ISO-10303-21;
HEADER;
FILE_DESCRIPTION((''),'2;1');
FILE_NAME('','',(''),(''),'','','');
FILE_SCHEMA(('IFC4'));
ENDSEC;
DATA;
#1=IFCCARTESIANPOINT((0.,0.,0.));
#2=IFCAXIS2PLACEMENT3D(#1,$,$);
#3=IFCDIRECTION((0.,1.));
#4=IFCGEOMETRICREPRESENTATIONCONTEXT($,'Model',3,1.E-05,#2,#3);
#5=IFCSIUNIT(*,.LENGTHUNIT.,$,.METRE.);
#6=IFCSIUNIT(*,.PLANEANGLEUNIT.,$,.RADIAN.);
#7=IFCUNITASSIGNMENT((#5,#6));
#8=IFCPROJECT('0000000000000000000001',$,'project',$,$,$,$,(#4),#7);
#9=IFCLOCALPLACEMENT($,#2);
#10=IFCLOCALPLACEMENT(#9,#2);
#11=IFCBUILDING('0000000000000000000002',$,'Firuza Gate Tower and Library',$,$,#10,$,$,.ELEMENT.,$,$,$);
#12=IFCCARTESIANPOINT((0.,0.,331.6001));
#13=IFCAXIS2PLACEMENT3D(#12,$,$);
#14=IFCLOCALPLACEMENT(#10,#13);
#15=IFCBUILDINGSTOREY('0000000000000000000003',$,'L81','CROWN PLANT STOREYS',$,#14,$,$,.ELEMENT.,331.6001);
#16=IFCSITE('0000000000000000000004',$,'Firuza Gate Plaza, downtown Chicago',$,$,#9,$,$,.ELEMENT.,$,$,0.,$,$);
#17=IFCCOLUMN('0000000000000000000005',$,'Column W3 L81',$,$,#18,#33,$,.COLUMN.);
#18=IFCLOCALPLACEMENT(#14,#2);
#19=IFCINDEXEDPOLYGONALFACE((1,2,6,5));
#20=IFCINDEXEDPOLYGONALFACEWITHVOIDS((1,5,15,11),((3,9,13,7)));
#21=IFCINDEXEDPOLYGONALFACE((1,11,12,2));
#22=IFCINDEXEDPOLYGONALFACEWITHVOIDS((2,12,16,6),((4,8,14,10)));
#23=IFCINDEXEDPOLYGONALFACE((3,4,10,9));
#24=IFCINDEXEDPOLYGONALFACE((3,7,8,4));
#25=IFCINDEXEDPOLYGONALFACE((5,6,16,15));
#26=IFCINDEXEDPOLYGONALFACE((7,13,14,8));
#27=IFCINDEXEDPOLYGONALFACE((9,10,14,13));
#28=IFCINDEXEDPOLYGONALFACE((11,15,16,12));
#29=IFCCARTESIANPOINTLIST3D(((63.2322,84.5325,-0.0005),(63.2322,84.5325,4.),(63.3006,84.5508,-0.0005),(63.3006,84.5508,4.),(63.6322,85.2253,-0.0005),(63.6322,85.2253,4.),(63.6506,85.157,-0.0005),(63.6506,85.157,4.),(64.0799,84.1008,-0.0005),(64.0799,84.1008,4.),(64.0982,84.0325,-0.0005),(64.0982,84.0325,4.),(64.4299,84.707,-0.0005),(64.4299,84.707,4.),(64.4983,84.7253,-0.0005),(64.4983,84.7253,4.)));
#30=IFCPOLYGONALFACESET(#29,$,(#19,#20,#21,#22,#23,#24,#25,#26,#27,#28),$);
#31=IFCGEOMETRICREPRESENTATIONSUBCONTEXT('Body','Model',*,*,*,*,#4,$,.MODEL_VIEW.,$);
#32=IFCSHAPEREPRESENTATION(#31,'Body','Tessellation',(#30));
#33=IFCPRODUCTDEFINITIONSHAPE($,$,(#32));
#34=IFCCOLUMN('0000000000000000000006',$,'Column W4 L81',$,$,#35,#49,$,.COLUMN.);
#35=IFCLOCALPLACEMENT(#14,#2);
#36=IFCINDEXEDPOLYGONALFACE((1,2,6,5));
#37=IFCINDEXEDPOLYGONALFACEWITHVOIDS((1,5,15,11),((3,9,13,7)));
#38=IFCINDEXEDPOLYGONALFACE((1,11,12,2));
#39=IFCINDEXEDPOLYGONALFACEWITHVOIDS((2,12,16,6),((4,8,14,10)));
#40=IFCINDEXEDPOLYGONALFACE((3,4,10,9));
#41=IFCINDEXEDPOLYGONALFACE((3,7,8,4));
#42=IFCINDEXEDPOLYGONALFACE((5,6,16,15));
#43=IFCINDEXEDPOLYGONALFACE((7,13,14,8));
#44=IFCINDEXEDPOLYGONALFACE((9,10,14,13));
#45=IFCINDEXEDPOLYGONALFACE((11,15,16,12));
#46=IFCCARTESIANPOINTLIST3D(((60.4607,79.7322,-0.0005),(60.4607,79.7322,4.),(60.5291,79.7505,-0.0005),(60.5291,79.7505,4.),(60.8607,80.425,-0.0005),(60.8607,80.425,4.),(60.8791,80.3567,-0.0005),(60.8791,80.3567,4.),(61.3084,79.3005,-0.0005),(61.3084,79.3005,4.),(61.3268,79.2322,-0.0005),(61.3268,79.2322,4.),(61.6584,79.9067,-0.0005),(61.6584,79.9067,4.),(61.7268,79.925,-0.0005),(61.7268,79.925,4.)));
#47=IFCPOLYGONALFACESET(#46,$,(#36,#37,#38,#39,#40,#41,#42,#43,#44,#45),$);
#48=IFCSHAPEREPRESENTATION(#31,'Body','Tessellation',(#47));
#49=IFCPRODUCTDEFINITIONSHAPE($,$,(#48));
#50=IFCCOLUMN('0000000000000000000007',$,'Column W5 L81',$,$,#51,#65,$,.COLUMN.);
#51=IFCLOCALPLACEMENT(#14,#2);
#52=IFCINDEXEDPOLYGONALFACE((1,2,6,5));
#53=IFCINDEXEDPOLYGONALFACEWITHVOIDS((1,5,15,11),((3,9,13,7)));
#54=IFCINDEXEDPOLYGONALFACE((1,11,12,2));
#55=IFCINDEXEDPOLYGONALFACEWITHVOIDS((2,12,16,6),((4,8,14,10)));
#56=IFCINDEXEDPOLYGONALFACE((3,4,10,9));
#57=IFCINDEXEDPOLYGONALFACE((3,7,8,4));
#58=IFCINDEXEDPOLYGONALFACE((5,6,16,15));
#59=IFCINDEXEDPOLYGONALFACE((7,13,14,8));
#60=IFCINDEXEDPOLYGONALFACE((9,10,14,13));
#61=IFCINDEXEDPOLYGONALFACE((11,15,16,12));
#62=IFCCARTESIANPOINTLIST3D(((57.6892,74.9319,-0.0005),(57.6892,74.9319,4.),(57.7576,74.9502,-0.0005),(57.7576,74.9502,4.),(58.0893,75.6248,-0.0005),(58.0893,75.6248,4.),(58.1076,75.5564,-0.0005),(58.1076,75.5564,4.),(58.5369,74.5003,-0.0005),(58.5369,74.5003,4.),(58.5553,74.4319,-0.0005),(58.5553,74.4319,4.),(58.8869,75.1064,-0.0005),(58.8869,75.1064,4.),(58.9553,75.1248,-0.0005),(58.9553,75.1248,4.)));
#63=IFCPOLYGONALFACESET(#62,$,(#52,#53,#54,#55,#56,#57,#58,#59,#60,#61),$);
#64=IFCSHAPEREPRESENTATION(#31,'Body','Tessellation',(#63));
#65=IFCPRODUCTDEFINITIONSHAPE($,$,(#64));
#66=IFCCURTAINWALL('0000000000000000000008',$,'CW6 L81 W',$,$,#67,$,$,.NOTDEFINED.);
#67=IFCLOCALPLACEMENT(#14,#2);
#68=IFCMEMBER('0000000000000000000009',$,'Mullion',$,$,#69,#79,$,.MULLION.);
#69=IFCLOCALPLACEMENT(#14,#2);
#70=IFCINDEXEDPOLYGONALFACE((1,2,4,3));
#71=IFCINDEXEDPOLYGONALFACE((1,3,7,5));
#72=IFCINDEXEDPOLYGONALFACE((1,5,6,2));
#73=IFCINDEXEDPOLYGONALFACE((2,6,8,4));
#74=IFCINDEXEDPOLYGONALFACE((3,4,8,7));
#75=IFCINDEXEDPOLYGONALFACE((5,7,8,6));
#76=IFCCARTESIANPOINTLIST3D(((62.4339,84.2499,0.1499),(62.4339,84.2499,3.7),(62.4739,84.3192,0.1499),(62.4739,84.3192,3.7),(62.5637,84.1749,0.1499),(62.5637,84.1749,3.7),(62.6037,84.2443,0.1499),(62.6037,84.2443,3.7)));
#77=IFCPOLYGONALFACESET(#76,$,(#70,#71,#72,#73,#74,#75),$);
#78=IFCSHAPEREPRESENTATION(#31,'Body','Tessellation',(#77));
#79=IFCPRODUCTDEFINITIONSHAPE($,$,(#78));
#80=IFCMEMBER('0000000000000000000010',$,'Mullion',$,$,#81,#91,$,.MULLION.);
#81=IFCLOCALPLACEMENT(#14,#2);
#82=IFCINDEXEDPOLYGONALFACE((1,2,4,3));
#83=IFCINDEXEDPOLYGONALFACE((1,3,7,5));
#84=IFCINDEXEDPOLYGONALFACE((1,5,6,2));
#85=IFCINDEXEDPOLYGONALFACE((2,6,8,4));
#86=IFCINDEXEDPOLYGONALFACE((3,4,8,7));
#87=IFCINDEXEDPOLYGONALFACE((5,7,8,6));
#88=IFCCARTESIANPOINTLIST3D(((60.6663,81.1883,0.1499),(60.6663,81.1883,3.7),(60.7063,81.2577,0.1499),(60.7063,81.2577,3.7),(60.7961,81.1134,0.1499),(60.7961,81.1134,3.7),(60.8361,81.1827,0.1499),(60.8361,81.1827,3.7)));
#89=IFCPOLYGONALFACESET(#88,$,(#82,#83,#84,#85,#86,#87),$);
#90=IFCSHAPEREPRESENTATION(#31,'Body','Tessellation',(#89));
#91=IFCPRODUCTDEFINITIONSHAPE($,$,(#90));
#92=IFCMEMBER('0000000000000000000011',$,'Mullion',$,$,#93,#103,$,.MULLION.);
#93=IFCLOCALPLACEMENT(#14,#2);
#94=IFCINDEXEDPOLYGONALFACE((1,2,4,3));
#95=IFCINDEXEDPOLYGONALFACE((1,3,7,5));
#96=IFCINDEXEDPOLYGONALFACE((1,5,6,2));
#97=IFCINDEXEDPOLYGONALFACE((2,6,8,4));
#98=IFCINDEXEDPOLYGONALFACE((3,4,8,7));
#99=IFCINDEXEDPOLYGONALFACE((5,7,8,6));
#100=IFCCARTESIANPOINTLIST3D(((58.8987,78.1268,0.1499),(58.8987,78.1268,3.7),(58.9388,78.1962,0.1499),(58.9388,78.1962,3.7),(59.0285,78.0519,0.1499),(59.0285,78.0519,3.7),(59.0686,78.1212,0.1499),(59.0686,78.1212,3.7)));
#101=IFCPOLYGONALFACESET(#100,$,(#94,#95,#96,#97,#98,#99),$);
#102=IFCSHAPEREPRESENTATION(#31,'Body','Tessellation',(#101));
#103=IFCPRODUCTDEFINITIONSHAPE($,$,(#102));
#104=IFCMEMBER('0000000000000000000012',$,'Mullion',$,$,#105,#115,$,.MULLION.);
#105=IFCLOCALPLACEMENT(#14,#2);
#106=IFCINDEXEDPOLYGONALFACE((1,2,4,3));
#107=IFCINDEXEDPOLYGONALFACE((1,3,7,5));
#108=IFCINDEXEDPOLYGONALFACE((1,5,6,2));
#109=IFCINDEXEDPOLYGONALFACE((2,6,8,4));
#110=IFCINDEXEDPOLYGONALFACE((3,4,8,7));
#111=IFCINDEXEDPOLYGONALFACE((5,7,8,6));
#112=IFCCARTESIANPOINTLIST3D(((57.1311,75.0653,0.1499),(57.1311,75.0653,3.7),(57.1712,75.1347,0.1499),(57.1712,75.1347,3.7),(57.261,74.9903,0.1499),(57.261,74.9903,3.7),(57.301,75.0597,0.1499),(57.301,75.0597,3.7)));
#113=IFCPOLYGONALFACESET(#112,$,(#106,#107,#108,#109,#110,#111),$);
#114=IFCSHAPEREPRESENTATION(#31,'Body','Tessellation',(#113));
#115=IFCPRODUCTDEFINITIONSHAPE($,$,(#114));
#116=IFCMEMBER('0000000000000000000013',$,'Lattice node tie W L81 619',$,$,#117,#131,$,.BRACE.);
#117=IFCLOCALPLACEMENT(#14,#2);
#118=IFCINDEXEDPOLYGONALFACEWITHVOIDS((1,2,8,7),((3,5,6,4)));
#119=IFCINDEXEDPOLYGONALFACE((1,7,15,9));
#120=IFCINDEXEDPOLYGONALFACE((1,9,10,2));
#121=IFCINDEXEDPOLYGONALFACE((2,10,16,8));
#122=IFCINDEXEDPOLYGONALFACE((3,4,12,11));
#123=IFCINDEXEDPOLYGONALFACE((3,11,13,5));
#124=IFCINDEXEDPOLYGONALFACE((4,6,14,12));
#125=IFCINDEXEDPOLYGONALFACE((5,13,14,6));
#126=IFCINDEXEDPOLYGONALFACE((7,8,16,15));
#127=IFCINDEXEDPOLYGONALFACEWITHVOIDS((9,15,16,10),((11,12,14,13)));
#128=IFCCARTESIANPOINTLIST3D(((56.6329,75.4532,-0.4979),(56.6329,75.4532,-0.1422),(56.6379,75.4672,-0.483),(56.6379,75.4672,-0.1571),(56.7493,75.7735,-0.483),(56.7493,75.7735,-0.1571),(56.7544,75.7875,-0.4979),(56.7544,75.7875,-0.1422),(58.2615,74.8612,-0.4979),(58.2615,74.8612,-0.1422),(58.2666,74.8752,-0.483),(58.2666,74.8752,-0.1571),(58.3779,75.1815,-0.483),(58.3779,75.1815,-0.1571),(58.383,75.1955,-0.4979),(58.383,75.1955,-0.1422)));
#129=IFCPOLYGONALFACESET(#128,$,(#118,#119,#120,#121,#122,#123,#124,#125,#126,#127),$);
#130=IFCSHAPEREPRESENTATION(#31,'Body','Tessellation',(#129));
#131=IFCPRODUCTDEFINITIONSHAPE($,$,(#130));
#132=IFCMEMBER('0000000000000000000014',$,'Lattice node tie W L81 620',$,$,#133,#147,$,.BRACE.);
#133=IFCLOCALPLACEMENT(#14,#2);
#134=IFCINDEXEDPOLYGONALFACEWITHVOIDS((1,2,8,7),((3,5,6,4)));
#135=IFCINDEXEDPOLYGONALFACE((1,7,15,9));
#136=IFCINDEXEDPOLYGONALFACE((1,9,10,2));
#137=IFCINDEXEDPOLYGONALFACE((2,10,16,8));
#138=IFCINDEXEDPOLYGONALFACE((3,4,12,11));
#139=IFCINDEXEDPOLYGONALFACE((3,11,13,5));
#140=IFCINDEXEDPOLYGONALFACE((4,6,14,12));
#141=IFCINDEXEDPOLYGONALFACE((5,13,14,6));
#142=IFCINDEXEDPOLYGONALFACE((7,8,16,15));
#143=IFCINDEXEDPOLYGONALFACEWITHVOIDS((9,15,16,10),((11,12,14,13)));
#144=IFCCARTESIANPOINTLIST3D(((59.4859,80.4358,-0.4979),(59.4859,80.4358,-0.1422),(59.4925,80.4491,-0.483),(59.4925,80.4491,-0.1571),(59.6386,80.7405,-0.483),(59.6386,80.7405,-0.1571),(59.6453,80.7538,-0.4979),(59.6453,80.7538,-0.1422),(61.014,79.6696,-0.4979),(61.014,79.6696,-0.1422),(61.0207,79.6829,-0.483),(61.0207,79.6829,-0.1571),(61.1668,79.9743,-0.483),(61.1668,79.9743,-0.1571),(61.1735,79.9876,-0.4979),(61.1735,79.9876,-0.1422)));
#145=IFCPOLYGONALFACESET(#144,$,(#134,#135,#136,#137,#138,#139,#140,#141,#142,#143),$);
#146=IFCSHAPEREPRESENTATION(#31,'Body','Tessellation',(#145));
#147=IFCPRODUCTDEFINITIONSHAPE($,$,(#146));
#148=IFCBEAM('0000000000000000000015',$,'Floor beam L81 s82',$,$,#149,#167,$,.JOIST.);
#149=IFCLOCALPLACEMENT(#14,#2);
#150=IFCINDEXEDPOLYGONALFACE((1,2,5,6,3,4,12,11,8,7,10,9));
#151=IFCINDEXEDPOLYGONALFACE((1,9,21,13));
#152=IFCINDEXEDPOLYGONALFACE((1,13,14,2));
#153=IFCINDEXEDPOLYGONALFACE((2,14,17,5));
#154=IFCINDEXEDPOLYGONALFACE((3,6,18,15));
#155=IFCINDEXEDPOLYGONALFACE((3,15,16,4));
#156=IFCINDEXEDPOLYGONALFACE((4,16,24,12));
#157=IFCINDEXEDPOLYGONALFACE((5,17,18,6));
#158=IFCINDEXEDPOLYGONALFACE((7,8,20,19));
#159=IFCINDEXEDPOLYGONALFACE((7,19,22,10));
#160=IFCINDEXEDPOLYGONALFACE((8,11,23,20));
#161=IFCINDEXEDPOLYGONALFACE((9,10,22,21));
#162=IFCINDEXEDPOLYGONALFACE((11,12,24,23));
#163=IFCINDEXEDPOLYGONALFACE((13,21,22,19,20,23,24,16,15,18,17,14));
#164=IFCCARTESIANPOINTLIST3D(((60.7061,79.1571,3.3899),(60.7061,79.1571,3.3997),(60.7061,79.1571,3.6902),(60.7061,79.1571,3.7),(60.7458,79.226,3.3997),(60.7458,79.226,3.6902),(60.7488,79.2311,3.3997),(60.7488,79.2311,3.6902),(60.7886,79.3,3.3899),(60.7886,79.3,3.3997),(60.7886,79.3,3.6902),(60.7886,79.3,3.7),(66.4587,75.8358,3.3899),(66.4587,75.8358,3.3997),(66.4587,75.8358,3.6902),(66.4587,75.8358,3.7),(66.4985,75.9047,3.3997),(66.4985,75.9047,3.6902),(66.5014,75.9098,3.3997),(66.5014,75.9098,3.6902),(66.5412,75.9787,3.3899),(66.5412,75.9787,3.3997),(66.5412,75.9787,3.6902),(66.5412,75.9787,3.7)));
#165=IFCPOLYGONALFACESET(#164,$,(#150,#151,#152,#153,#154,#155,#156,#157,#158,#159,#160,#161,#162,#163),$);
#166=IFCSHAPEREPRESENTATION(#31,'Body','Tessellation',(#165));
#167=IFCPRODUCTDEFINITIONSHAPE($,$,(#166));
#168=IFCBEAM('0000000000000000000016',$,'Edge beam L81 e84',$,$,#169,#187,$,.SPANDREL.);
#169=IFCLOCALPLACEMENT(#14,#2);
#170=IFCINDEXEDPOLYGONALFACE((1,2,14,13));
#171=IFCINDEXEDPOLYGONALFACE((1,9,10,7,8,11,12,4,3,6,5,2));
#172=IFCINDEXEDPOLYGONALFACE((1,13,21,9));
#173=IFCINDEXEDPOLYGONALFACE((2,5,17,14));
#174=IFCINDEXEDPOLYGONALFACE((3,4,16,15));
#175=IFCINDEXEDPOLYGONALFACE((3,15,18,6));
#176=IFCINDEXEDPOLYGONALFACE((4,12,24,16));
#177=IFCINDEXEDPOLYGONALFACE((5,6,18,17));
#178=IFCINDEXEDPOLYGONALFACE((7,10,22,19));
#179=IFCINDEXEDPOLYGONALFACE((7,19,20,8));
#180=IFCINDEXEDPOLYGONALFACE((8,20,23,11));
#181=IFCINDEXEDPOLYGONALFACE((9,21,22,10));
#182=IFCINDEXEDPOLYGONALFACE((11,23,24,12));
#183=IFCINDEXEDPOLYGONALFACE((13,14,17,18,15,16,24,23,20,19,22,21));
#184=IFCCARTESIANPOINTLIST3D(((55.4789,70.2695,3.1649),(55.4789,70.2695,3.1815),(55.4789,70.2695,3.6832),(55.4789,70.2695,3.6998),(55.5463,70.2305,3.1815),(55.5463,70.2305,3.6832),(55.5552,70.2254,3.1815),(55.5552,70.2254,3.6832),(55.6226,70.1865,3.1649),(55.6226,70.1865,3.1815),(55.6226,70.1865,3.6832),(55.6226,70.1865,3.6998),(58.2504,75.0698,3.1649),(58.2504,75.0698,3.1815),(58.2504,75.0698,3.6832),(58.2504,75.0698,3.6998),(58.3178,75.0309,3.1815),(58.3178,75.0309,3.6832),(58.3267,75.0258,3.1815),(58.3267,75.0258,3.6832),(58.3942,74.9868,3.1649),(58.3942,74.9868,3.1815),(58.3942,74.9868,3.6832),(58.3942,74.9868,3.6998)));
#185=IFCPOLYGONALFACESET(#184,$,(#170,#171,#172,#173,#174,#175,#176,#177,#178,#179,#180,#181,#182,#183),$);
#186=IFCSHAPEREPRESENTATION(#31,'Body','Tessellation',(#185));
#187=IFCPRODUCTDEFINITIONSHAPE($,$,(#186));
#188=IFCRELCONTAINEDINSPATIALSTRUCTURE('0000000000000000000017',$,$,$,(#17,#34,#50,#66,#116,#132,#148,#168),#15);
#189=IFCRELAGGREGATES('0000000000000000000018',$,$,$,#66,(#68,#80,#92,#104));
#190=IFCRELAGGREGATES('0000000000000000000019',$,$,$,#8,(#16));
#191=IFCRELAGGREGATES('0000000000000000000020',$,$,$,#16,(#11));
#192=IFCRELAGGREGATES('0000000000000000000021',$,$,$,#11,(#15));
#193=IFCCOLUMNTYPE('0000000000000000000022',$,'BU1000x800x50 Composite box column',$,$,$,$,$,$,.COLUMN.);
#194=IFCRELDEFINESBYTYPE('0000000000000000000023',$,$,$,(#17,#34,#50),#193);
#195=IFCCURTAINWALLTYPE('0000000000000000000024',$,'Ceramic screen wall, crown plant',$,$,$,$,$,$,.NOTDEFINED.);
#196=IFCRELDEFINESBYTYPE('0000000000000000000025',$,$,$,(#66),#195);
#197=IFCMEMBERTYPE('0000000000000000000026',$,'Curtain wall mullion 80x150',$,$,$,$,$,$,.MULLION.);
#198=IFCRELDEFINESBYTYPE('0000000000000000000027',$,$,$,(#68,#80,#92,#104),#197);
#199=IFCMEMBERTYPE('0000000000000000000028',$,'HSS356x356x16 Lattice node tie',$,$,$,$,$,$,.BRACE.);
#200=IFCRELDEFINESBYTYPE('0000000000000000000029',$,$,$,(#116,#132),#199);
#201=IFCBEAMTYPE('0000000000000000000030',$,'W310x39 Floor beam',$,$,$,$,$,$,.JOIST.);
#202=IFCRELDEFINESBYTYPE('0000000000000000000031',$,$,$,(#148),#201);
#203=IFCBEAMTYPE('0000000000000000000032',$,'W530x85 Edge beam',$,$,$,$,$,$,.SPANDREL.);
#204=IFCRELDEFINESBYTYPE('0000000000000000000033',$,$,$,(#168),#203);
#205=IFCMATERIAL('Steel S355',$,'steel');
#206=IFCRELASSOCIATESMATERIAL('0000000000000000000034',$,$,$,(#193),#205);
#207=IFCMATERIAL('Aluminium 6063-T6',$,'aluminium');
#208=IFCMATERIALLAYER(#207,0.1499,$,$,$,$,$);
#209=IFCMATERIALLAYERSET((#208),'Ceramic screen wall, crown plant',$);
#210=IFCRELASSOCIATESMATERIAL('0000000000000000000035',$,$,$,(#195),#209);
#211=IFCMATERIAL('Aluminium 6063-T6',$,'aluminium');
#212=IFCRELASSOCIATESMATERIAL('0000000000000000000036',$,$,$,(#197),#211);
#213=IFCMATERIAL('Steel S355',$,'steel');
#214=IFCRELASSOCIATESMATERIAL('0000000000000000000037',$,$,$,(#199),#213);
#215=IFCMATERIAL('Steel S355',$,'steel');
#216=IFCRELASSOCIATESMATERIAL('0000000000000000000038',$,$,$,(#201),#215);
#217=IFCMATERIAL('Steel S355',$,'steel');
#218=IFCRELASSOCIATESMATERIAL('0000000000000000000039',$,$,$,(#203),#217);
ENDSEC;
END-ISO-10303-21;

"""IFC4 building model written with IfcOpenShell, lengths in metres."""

from ifc_helpers import new_model, si_unit, direction, frame, origin, origin_2d, place, context, subcontext, project, spatial, rectangle, hollow_rectangle, i_section, extrude, material, layer, layer_set, material_profile, profile_set, type_object, element, aggregate, save


model = new_model("IFC4")

# Units and contexts
model_context = context("Model", 3, precision=1e-05, world=origin(), true_north=direction((0.0, 1.0)))
body_context = subcontext(model_context, "Body", "Model", "MODEL_VIEW")
ifc_project = project(units=[si_unit("LENGTHUNIT", "METRE"), si_unit("PLANEANGLEUNIT", "RADIAN")], contexts=[model_context])

# Site, building, storey
site_placement = place(None, origin())
site = spatial("IfcSite", under=ifc_project, at=site_placement, Name="Firuza Gate Plaza, downtown Chicago", CompositionType="ELEMENT", RefElevation=0.0)
building_placement = place(site_placement, origin())
building = spatial("IfcBuilding", under=site, at=building_placement, Name="Firuza Gate Tower and Library", CompositionType="ELEMENT")
storey_placement = place(building_placement, frame((0.0, 0.0, 331.6001)))
storey = spatial("IfcBuildingStorey", under=building, at=storey_placement, Name="L81", Description="CROWN PLANT STOREYS", CompositionType="ELEMENT", Elevation=331.6001)

# Columns
ifc_material_1 = material(Name="Steel S355", Category="steel")
ifc_material_profile_1 = material_profile(ifc_material_1, hollow_rectangle(XDim=0.8, YDim=1.0, WallThickness=0.05, at=origin_2d()))
ifc_profile_set_1 = profile_set([ifc_material_profile_1], Name="Steel S355")
column_type = type_object("IfcColumnType", Name="BU1000x800x50 Composite box column", PredefinedType="COLUMN", material=ifc_profile_set_1)
for number, where, z_axis, x_axis, name in (
    (1, (63.8652, 84.6289, -0.0005), (0.0, 0.0, 1.0), (-0.5, -0.866025, 0.0), "Column W3 L81"),
    (2, (61.0938, 79.8286, -0.0005), (0.0, 0.0, 1.0), (-0.5, -0.866025, 0.0), "Column W4 L81"),
    (3, (58.3223, 75.0283, -0.0005), (0.0, 0.0, 1.0), (-0.5, -0.866025, 0.0), "Column W5 L81"),
):
    element("IfcColumn", number, at=place(storey_placement, frame(where, z_axis=z_axis, x_axis=x_axis)), inside=storey, type_object=column_type, Name=name, PredefinedType="COLUMN", context=body_context, shape_type="SweptSolid", body=[
        extrude(hollow_rectangle(XDim=0.8, YDim=1.0, WallThickness=0.05, at=origin_2d()), origin(), (0.0, 0.0, 1.0), 4.0005),
    ])

# Curtain wall, members
ifc_material_2 = material(Name="Aluminium 6063-T6", Category="aluminium")
ifc_layer_1 = layer(ifc_material_2, 0.1499)
ifc_layer_set_1 = layer_set([ifc_layer_1], Name="Ceramic screen wall, crown plant")
curtain_wall_type = type_object("IfcCurtainWallType", Name="Ceramic screen wall, crown plant", PredefinedType="NOTDEFINED", material=ifc_layer_set_1)
curtain_wall_placement = place(storey_placement, origin())
curtain_wall = element("IfcCurtainWall", 4, at=curtain_wall_placement, inside=storey, type_object=curtain_wall_type, Name="CW6 L81 W", PredefinedType="NOTDEFINED")
ifc_material_3 = material(Name="Aluminium 6063-T6", Category="aluminium")
ifc_material_profile_2 = material_profile(ifc_material_3, rectangle(XDim=0.1499, YDim=0.0801, at=origin_2d()))
ifc_profile_set_2 = profile_set([ifc_material_profile_2], Name="Aluminium 6063-T6")
member_type_1 = type_object("IfcMemberType", Name="Curtain wall mullion 80x150", PredefinedType="MULLION", material=ifc_profile_set_2)
member_1_placement = place(storey_placement, frame((62.5188, 84.2471, 0.1499), z_axis=(0.0, 0.0, 1.0), x_axis=(0.866025, -0.5, 0.0)))
member_1 = element("IfcMember", 5, at=member_1_placement, type_object=member_type_1, Name="Mullion", PredefinedType="MULLION", context=body_context, shape_type="SweptSolid", body=[
    extrude(rectangle(XDim=0.1499, YDim=0.0801, at=origin_2d()), origin(), (0.0, 0.0, 1.0), 3.55),
])
member_2_placement = place(storey_placement, frame((60.7512, 81.1855, 0.1499), z_axis=(0.0, 0.0, 1.0), x_axis=(0.866025, -0.5, 0.0)))
member_2 = element("IfcMember", 6, at=member_2_placement, type_object=member_type_1, Name="Mullion", PredefinedType="MULLION", context=body_context, shape_type="SweptSolid", body=[
    extrude(rectangle(XDim=0.1499, YDim=0.0801, at=origin_2d()), origin(), (0.0, 0.0, 1.0), 3.55),
])
member_3_placement = place(storey_placement, frame((58.9836, 78.124, 0.1499), z_axis=(0.0, 0.0, 1.0), x_axis=(0.866025, -0.5, 0.0)))
member_3 = element("IfcMember", 7, at=member_3_placement, type_object=member_type_1, Name="Mullion", PredefinedType="MULLION", context=body_context, shape_type="SweptSolid", body=[
    extrude(rectangle(XDim=0.1499, YDim=0.0801, at=origin_2d()), origin(), (0.0, 0.0, 1.0), 3.55),
])
member_4_placement = place(storey_placement, frame((57.2161, 75.0625, 0.1499), z_axis=(0.0, 0.0, 1.0), x_axis=(0.866025, -0.5, 0.0)))
member_4 = element("IfcMember", 8, at=member_4_placement, type_object=member_type_1, Name="Mullion", PredefinedType="MULLION", context=body_context, shape_type="SweptSolid", body=[
    extrude(rectangle(XDim=0.1499, YDim=0.0801, at=origin_2d()), origin(), (0.0, 0.0, 1.0), 3.55),
])

# Members
ifc_material_4 = material(Name="Steel S355", Category="steel")
ifc_material_profile_3 = material_profile(ifc_material_4, hollow_rectangle(XDim=0.3557, YDim=0.3557, WallThickness=0.0149, at=origin_2d()))
ifc_profile_set_3 = profile_set([ifc_material_profile_3], Name="Steel S355")
member_type_2 = type_object("IfcMemberType", Name="HSS356x356x16 Lattice node tie", PredefinedType="BRACE", material=ifc_profile_set_3)
member_5_placement = place(storey_placement, frame((58.3223, 75.0283, -0.3201), z_axis=(-0.93983, 0.341641, 0.0), x_axis=(-0.341641, -0.93983, 0.0)))
element("IfcMember", 9, at=member_5_placement, inside=storey, type_object=member_type_2, Name="Lattice node tie W L81 619", PredefinedType="BRACE", context=body_context, shape_type="SweptSolid", body=[
    extrude(hollow_rectangle(XDim=0.3557, YDim=0.3557, WallThickness=0.0149, at=origin_2d()), origin(), (0.0, 0.0, 1.0), 1.7329),
])
member_6_placement = place(storey_placement, frame((61.0938, 79.8286, -0.3201), z_axis=(-0.893941, 0.448185, 0.0), x_axis=(-0.448185, -0.893941, 0.0)))
element("IfcMember", 10, at=member_6_placement, inside=storey, type_object=member_type_2, Name="Lattice node tie W L81 620", PredefinedType="BRACE", context=body_context, shape_type="SweptSolid", body=[
    extrude(hollow_rectangle(XDim=0.3557, YDim=0.3557, WallThickness=0.0149, at=origin_2d()), origin(), (0.0, 0.0, 1.0), 1.7095),
])

# Beams
ifc_material_5 = material(Name="Steel S355", Category="steel")
ifc_material_profile_4 = material_profile(ifc_material_5, i_section(OverallWidth=0.165, OverallDepth=0.3101, WebThickness=0.0059, FlangeThickness=0.0098, at=origin_2d()))
ifc_profile_set_4 = profile_set([ifc_material_profile_4], Name="Steel S355")
beam_type_1 = type_object("IfcBeamType", Name="W310x39 Floor beam", PredefinedType="JOIST", material=ifc_profile_set_4)
beam_1_placement = place(storey_placement, frame((60.7473, 79.2285, 3.5449), z_axis=(0.866027, -0.499997, 0.0), x_axis=(0.499997, 0.866027, 0.0)))
element("IfcBeam", 11, at=beam_1_placement, inside=storey, type_object=beam_type_1, Name="Floor beam L81 s82", PredefinedType="JOIST", context=body_context, shape_type="SweptSolid", body=[
    extrude(i_section(OverallWidth=0.165, OverallDepth=0.3101, WebThickness=0.0059, FlangeThickness=0.0098, at=origin_2d()), origin(), (0.0, 0.0, 1.0), 6.6426),
])
ifc_material_6 = material(Name="Steel S355", Category="steel")
ifc_material_profile_5 = material_profile(ifc_material_6, i_section(OverallWidth=0.166, OverallDepth=0.5349, WebThickness=0.0103, FlangeThickness=0.0166, at=origin_2d()))
ifc_profile_set_5 = profile_set([ifc_material_profile_5], Name="Steel S355")
beam_type_2 = type_object("IfcBeamType", Name="W530x85 Edge beam", PredefinedType="SPANDREL", material=ifc_profile_set_5)
beam_2_placement = place(storey_placement, frame((58.3223, 75.0283, 3.4324), z_axis=(-0.500005, -0.866023, 0.0), x_axis=(0.866023, -0.500005, 0.0)))
element("IfcBeam", 12, at=beam_2_placement, inside=storey, type_object=beam_type_2, Name="Edge beam L81 e84", PredefinedType="SPANDREL", context=body_context, shape_type="SweptSolid", body=[
    extrude(i_section(OverallWidth=0.166, OverallDepth=0.5349, WebThickness=0.0103, FlangeThickness=0.0166, at=origin_2d()), origin(), (0.0, 0.0, 1.0), 5.543),
])

aggregate(curtain_wall, [member_1, member_2, member_3, member_4])

save(model, "model.ifc")
